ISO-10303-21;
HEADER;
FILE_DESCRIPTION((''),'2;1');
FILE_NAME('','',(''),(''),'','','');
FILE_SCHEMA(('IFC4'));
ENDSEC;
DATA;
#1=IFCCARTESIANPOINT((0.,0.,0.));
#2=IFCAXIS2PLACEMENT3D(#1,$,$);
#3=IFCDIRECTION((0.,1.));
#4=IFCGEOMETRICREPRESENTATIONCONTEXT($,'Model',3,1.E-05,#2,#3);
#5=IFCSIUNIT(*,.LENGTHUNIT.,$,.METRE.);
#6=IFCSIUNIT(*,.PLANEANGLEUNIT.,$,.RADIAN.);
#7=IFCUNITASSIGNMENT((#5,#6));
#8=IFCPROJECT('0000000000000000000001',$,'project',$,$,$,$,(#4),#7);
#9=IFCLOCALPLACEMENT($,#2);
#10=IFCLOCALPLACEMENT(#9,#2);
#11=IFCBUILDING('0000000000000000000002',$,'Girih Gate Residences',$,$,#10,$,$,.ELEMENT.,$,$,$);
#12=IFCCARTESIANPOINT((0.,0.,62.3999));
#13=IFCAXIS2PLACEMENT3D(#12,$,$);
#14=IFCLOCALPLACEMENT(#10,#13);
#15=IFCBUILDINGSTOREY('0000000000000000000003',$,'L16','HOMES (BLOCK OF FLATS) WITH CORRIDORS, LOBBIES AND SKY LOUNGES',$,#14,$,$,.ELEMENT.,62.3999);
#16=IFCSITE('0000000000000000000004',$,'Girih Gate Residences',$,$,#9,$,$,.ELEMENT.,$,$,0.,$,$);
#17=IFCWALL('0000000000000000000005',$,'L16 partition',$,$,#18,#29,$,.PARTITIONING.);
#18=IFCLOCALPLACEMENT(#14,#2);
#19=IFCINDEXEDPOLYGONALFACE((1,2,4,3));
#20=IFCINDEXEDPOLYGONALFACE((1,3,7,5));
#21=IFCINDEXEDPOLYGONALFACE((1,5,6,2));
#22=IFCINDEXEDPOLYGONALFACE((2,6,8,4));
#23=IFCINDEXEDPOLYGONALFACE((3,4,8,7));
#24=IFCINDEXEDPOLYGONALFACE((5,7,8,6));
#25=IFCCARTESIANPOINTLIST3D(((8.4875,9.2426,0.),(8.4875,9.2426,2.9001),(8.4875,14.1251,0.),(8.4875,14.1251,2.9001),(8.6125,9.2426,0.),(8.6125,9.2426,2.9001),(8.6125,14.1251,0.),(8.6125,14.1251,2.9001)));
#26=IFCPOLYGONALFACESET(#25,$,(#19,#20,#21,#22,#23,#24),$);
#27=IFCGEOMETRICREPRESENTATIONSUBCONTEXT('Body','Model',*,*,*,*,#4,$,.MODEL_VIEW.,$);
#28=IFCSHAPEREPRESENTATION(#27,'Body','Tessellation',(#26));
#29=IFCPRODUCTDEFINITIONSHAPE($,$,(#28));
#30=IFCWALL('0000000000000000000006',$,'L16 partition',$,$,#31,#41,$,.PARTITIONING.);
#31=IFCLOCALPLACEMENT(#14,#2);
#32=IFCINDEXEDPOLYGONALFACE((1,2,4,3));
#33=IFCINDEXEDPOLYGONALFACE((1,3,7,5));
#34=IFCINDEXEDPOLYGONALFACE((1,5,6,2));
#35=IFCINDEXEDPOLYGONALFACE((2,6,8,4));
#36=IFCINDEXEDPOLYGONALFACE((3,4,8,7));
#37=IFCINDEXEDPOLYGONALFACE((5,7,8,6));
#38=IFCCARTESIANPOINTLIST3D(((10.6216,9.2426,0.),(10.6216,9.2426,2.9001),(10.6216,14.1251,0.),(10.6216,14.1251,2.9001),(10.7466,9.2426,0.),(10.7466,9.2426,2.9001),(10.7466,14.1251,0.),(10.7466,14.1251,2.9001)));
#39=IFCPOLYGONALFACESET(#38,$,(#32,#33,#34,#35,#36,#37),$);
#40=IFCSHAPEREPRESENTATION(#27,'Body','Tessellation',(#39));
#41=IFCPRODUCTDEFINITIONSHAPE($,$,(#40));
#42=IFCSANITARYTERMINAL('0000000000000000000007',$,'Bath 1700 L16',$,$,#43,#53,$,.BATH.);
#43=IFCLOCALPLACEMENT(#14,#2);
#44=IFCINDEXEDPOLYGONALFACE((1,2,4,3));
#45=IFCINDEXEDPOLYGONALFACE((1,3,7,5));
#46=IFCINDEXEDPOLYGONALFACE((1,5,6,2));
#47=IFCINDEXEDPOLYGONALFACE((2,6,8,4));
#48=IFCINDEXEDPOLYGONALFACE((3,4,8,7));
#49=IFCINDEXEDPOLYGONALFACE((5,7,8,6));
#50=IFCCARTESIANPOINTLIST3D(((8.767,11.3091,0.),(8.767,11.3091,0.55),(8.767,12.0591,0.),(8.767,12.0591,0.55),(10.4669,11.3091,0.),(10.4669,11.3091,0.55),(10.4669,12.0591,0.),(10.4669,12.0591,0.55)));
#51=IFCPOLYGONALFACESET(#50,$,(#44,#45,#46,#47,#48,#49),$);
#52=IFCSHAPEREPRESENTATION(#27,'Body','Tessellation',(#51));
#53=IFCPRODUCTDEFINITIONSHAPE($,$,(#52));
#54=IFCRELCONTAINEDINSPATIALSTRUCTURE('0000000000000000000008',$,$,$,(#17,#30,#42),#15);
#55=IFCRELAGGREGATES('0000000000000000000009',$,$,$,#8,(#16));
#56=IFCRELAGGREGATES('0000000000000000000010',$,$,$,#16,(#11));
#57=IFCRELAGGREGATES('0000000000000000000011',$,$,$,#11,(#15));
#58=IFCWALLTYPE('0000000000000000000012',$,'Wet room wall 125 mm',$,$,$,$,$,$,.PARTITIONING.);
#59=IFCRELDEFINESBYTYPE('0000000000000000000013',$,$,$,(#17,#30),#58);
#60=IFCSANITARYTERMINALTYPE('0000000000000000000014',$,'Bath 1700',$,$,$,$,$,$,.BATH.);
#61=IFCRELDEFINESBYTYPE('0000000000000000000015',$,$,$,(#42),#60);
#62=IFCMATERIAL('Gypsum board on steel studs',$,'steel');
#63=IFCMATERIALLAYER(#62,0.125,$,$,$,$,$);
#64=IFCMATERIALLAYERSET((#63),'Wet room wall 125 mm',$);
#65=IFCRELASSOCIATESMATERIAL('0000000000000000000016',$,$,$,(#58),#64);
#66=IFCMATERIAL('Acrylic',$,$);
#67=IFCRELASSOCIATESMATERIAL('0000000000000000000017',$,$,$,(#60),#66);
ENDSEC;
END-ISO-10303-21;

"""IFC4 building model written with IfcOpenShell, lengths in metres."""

from ifc_helpers import new_model, si_unit, direction, frame, frame_2d, origin, origin_2d, place, context, subcontext, project, spatial, rectangle, extrude, material, layer, layer_set, type_object, element, save


model = new_model("IFC4")

# Units and contexts
model_context = context("Model", 3, precision=1e-05, world=origin(), true_north=direction((0.0, 1.0)))
body_context = subcontext(model_context, "Body", "Model", "MODEL_VIEW")
ifc_project = project(units=[si_unit("LENGTHUNIT", "METRE"), si_unit("PLANEANGLEUNIT", "RADIAN")], contexts=[model_context])

# Site, building, storey
site_placement = place(None, origin())
site = spatial("IfcSite", under=ifc_project, at=site_placement, Name="Girih Gate Residences", CompositionType="ELEMENT", RefElevation=0.0)
building_placement = place(site_placement, origin())
building = spatial("IfcBuilding", under=site, at=building_placement, Name="Girih Gate Residences", CompositionType="ELEMENT")
storey_placement = place(building_placement, frame((0.0, 0.0, 62.3999)))
storey = spatial("IfcBuildingStorey", under=building, at=storey_placement, Name="L16", Description="HOMES (BLOCK OF FLATS) WITH CORRIDORS, LOBBIES AND SKY LOUNGES", CompositionType="ELEMENT", Elevation=62.3999)

# Shared definitions
ifc_material_1 = material(Name="Gypsum board on steel studs", Category="steel")

# Walls
ifc_layer_1 = layer(ifc_material_1, 0.125)
ifc_layer_set_1 = layer_set([ifc_layer_1], Name="Wet room wall 125 mm")
wall_type_1 = type_object("IfcWallType", Name="Wet room wall 125 mm", PredefinedType="PARTITIONING", material=ifc_layer_set_1)
for number, where, z_axis, x_axis, name in (
    (1, (8.55, 9.2424, 0.0), (0.0, 0.0, 1.0), (0.0, 1.0, 0.0), "L16 partition"),
    (2, (10.6841, 9.2424, 0.0), (0.0, 0.0, 1.0), (0.0, 1.0, 0.0), "L16 partition"),
):
    element("IfcWall", number, at=place(storey_placement, frame(where, z_axis=z_axis, x_axis=x_axis)), inside=storey, type_object=wall_type_1, Name=name, PredefinedType="PARTITIONING", context=body_context, shape_type="SweptSolid", body=[
        extrude(rectangle(XDim=4.8826, YDim=0.125, at=frame_2d((2.4414, 0.0))), origin(), (0.0, 0.0, 1.0), 2.9001),
    ])

# Sanitary terminal
ifc_material_2 = material(Name="Acrylic")
sanitary_terminal_type = type_object("IfcSanitaryTerminalType", Name="Bath 1700", PredefinedType="BATH", material=ifc_material_2)
sanitary_terminal_placement = place(storey_placement, frame((9.6169, 11.6841, 0.0), z_axis=(0.0, 0.0, 1.0), x_axis=(1.0, 0.0, 0.0)))
element("IfcSanitaryTerminal", 3, at=sanitary_terminal_placement, inside=storey, type_object=sanitary_terminal_type, Name="Bath 1700 L16", PredefinedType="BATH", context=body_context, shape_type="SweptSolid", body=[
    extrude(rectangle(XDim=1.7, YDim=0.75, at=origin_2d()), origin(), (0.0, 0.0, 1.0), 0.55),
])

save(model, "model.ifc")
